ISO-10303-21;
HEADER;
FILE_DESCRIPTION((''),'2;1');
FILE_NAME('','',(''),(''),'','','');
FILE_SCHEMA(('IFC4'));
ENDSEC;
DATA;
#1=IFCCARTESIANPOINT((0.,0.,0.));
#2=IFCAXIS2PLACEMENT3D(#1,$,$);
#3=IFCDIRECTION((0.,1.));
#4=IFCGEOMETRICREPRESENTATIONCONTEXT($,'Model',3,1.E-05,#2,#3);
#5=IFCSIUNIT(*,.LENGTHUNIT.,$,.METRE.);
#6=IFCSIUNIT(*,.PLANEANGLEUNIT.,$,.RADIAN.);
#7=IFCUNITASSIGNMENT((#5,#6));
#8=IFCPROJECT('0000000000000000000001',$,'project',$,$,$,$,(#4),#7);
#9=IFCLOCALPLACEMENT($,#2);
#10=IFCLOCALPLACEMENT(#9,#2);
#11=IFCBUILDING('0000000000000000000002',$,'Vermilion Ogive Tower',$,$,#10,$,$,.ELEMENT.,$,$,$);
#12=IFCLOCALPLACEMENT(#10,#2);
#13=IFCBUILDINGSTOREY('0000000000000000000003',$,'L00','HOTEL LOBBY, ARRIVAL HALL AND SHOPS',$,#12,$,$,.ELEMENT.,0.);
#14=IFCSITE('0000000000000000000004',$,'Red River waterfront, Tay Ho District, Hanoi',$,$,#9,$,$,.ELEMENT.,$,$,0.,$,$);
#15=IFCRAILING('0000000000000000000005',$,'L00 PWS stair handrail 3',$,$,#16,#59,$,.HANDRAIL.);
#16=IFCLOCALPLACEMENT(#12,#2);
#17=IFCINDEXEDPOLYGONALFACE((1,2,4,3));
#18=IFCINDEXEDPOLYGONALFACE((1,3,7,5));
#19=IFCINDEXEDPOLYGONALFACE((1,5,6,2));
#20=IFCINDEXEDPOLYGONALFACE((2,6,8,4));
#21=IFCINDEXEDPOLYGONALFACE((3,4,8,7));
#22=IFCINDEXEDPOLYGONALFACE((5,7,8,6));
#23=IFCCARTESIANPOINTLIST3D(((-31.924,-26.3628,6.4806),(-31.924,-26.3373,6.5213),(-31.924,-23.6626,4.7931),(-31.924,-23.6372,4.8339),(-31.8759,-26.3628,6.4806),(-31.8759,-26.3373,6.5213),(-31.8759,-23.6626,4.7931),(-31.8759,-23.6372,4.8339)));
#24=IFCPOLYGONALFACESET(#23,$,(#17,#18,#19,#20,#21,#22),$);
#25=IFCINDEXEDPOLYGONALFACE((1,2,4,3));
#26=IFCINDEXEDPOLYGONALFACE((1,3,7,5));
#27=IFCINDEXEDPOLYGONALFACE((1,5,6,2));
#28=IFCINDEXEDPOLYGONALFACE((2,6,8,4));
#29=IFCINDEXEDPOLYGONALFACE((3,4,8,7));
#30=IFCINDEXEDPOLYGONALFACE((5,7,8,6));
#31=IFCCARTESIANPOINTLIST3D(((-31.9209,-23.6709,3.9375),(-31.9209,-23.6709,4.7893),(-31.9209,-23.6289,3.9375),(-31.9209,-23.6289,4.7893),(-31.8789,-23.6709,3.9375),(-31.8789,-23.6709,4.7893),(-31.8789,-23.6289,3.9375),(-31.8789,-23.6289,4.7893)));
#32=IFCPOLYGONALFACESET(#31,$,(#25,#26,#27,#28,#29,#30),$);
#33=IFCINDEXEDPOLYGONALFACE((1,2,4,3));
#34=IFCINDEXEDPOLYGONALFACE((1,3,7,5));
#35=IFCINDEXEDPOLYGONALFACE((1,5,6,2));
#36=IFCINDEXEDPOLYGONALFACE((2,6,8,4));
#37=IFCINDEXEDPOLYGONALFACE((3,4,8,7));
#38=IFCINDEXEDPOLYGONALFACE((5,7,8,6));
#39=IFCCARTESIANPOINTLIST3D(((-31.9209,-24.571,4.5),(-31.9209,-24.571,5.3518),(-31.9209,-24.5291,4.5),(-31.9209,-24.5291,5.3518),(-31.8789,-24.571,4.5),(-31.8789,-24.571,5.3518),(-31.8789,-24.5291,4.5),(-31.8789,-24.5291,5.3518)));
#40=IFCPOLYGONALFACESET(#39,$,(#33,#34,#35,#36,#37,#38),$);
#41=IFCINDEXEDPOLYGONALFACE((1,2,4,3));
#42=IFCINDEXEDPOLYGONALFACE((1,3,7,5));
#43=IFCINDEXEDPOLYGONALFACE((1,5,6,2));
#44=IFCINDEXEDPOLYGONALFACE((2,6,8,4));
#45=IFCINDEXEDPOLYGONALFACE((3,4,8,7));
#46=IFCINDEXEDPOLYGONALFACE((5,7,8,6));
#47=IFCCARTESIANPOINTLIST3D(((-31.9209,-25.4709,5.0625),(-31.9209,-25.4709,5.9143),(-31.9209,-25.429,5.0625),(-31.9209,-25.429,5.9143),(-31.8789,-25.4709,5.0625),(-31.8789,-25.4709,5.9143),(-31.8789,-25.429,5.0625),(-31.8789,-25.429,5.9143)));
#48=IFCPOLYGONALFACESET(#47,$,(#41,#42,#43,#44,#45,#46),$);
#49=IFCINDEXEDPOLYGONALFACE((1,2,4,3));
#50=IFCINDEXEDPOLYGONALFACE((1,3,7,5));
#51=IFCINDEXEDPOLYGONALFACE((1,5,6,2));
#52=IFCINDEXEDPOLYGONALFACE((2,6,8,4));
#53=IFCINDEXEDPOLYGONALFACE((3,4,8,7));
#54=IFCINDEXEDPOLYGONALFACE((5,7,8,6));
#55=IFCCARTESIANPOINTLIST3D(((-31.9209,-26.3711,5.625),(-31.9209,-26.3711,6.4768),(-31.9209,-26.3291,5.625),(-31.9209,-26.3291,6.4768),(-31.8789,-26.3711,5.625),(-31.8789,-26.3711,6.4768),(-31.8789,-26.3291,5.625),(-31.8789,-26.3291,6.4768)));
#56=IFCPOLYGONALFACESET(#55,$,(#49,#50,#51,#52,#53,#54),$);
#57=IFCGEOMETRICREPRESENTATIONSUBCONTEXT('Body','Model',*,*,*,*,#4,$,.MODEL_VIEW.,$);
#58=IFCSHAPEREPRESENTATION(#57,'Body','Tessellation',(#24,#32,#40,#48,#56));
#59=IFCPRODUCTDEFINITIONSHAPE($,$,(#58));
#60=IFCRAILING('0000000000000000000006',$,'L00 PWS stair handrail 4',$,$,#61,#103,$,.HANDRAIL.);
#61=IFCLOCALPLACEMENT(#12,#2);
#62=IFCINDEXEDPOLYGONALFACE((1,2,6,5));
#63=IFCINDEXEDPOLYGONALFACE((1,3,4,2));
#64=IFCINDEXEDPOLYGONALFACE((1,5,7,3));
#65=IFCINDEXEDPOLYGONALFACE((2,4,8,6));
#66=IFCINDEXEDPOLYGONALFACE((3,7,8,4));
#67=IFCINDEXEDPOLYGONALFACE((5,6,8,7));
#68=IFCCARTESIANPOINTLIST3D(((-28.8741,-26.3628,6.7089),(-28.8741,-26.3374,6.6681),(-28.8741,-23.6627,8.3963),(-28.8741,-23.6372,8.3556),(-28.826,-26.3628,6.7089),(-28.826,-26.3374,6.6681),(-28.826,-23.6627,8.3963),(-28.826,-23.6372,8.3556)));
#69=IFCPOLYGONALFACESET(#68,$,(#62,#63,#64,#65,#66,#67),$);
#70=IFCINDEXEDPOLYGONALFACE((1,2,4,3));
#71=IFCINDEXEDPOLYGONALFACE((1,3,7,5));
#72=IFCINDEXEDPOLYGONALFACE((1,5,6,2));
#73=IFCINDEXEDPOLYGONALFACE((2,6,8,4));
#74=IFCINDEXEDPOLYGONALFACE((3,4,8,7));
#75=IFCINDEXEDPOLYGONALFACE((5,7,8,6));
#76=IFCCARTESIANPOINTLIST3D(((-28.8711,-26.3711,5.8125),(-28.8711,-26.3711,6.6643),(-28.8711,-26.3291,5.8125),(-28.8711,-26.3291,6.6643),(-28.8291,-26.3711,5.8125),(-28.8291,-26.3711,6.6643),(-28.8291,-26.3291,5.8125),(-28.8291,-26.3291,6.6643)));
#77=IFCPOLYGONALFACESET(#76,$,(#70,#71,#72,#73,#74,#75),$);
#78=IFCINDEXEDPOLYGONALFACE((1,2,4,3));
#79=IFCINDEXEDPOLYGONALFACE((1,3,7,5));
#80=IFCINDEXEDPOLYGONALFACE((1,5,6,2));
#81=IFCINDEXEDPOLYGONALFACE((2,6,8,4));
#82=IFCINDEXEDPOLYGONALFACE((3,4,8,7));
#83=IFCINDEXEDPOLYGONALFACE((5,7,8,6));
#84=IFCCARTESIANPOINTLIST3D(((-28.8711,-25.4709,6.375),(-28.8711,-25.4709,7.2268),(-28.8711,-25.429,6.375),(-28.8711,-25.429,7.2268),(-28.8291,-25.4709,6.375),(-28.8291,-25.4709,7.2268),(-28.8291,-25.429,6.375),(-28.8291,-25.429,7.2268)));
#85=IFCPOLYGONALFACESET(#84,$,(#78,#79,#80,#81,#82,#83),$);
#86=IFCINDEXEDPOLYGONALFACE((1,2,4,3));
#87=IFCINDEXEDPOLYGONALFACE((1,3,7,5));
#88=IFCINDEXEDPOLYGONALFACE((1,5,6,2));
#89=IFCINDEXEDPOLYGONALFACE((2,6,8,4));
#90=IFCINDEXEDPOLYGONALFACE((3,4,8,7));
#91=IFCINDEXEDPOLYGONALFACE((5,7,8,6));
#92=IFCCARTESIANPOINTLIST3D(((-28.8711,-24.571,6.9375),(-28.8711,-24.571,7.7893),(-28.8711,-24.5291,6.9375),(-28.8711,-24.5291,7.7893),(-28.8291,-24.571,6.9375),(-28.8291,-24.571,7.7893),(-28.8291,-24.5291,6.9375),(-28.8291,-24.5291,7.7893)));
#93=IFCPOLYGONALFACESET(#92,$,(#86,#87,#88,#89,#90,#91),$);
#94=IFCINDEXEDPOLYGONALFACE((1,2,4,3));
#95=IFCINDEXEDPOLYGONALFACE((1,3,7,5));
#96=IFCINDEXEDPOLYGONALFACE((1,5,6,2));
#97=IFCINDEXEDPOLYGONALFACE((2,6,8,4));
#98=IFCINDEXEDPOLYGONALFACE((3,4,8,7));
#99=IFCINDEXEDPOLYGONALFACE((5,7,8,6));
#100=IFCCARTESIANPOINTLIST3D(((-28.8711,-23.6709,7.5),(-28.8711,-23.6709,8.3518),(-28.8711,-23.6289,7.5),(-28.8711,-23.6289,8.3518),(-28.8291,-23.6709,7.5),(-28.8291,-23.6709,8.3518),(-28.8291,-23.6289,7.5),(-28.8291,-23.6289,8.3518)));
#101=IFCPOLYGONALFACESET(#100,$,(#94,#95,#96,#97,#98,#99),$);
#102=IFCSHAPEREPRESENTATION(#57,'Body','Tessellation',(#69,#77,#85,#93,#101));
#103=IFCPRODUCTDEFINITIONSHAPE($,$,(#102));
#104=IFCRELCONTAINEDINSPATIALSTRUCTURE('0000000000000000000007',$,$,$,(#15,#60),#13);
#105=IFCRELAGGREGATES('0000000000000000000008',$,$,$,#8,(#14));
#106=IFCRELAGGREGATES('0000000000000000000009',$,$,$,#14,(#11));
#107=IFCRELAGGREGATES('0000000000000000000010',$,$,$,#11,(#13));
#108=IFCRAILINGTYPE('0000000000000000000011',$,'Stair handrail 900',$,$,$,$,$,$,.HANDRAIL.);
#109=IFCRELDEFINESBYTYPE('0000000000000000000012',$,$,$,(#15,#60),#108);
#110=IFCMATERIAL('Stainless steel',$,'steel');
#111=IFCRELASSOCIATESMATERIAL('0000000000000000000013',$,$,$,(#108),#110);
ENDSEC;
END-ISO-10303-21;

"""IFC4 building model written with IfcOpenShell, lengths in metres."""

from ifc_helpers import new_model, si_unit, direction, frame, origin, origin_2d, place, context, subcontext, project, spatial, rectangle, extrude, material, type_object, element, save


model = new_model("IFC4")

# Units and contexts
model_context = context("Model", 3, precision=1e-05, world=origin(), true_north=direction((0.0, 1.0)))
body_context = subcontext(model_context, "Body", "Model", "MODEL_VIEW")
ifc_project = project(units=[si_unit("LENGTHUNIT", "METRE"), si_unit("PLANEANGLEUNIT", "RADIAN")], contexts=[model_context])

# Site, building, storey
site_placement = place(None, origin())
site = spatial("IfcSite", under=ifc_project, at=site_placement, Name="Red River waterfront, Tay Ho District, Hanoi", CompositionType="ELEMENT", RefElevation=0.0)
building_placement = place(site_placement, origin())
building = spatial("IfcBuilding", under=site, at=building_placement, Name="Vermilion Ogive Tower", CompositionType="ELEMENT")
storey_placement = place(building_placement, origin())
storey = spatial("IfcBuildingStorey", under=building, at=storey_placement, Name="L00", Description="HOTEL LOBBY, ARRIVAL HALL AND SHOPS", CompositionType="ELEMENT", Elevation=0.0)

# Railings
ifc_material_1 = material(Name="Stainless steel", Category="steel")
railing_type_1 = type_object("IfcRailingType", Name="Stair handrail 900", PredefinedType="HANDRAIL", material=ifc_material_1)
railing_1_placement = place(storey_placement, frame((-31.8999, -23.6499, 3.9375)))
element("IfcRailing", 1, at=railing_1_placement, inside=storey, type_object=railing_type_1, Name="L00 PWS stair handrail 3", PredefinedType="HANDRAIL", context=body_context, shape_type="SweptSolid", body=[
    extrude(rectangle(XDim=0.0481, YDim=0.0481, at=origin_2d()), frame((0.0, 0.0, 0.876), z_axis=(0.0, -0.848016, 0.529971), x_axis=(1.0, 0.0, 0.0)), (0.0, 0.0, 1.0), 3.1841),
    extrude(rectangle(XDim=0.042, YDim=0.042, at=origin_2d()), origin(), (0.0, 0.0, 1.0), 0.8518),
    extrude(rectangle(XDim=0.042, YDim=0.042, at=origin_2d()), frame((0.0, -0.9001, 0.5625)), (0.0, 0.0, 1.0), 0.8518),
    extrude(rectangle(XDim=0.042, YDim=0.042, at=origin_2d()), frame((0.0, -1.8, 1.125)), (0.0, 0.0, 1.0), 0.8518),
    extrude(rectangle(XDim=0.042, YDim=0.042, at=origin_2d()), frame((0.0, -2.7002, 1.6875)), (0.0, 0.0, 1.0), 0.8518),
])
railing_2_placement = place(storey_placement, frame((-28.8501, -26.3501, 5.8125)))
element("IfcRailing", 2, at=railing_2_placement, inside=storey, type_object=railing_type_1, Name="L00 PWS stair handrail 4", PredefinedType="HANDRAIL", context=body_context, shape_type="SweptSolid", body=[
    extrude(rectangle(XDim=0.0481, YDim=0.0481, at=origin_2d()), frame((0.0, 0.0, 0.876), z_axis=(0.0, 0.848016, 0.529971), x_axis=(-1.0, 0.0, 0.0)), (0.0, 0.0, 1.0), 3.1841),
    extrude(rectangle(XDim=0.042, YDim=0.042, at=origin_2d()), origin(), (0.0, 0.0, 1.0), 0.8518),
    extrude(rectangle(XDim=0.042, YDim=0.042, at=origin_2d()), frame((0.0, 0.9001, 0.5625)), (0.0, 0.0, 1.0), 0.8518),
    extrude(rectangle(XDim=0.042, YDim=0.042, at=origin_2d()), frame((0.0, 1.8, 1.125)), (0.0, 0.0, 1.0), 0.8518),
    extrude(rectangle(XDim=0.042, YDim=0.042, at=origin_2d()), frame((0.0, 2.7002, 1.6875)), (0.0, 0.0, 1.0), 0.8518),
])

save(model, "model.ifc")
